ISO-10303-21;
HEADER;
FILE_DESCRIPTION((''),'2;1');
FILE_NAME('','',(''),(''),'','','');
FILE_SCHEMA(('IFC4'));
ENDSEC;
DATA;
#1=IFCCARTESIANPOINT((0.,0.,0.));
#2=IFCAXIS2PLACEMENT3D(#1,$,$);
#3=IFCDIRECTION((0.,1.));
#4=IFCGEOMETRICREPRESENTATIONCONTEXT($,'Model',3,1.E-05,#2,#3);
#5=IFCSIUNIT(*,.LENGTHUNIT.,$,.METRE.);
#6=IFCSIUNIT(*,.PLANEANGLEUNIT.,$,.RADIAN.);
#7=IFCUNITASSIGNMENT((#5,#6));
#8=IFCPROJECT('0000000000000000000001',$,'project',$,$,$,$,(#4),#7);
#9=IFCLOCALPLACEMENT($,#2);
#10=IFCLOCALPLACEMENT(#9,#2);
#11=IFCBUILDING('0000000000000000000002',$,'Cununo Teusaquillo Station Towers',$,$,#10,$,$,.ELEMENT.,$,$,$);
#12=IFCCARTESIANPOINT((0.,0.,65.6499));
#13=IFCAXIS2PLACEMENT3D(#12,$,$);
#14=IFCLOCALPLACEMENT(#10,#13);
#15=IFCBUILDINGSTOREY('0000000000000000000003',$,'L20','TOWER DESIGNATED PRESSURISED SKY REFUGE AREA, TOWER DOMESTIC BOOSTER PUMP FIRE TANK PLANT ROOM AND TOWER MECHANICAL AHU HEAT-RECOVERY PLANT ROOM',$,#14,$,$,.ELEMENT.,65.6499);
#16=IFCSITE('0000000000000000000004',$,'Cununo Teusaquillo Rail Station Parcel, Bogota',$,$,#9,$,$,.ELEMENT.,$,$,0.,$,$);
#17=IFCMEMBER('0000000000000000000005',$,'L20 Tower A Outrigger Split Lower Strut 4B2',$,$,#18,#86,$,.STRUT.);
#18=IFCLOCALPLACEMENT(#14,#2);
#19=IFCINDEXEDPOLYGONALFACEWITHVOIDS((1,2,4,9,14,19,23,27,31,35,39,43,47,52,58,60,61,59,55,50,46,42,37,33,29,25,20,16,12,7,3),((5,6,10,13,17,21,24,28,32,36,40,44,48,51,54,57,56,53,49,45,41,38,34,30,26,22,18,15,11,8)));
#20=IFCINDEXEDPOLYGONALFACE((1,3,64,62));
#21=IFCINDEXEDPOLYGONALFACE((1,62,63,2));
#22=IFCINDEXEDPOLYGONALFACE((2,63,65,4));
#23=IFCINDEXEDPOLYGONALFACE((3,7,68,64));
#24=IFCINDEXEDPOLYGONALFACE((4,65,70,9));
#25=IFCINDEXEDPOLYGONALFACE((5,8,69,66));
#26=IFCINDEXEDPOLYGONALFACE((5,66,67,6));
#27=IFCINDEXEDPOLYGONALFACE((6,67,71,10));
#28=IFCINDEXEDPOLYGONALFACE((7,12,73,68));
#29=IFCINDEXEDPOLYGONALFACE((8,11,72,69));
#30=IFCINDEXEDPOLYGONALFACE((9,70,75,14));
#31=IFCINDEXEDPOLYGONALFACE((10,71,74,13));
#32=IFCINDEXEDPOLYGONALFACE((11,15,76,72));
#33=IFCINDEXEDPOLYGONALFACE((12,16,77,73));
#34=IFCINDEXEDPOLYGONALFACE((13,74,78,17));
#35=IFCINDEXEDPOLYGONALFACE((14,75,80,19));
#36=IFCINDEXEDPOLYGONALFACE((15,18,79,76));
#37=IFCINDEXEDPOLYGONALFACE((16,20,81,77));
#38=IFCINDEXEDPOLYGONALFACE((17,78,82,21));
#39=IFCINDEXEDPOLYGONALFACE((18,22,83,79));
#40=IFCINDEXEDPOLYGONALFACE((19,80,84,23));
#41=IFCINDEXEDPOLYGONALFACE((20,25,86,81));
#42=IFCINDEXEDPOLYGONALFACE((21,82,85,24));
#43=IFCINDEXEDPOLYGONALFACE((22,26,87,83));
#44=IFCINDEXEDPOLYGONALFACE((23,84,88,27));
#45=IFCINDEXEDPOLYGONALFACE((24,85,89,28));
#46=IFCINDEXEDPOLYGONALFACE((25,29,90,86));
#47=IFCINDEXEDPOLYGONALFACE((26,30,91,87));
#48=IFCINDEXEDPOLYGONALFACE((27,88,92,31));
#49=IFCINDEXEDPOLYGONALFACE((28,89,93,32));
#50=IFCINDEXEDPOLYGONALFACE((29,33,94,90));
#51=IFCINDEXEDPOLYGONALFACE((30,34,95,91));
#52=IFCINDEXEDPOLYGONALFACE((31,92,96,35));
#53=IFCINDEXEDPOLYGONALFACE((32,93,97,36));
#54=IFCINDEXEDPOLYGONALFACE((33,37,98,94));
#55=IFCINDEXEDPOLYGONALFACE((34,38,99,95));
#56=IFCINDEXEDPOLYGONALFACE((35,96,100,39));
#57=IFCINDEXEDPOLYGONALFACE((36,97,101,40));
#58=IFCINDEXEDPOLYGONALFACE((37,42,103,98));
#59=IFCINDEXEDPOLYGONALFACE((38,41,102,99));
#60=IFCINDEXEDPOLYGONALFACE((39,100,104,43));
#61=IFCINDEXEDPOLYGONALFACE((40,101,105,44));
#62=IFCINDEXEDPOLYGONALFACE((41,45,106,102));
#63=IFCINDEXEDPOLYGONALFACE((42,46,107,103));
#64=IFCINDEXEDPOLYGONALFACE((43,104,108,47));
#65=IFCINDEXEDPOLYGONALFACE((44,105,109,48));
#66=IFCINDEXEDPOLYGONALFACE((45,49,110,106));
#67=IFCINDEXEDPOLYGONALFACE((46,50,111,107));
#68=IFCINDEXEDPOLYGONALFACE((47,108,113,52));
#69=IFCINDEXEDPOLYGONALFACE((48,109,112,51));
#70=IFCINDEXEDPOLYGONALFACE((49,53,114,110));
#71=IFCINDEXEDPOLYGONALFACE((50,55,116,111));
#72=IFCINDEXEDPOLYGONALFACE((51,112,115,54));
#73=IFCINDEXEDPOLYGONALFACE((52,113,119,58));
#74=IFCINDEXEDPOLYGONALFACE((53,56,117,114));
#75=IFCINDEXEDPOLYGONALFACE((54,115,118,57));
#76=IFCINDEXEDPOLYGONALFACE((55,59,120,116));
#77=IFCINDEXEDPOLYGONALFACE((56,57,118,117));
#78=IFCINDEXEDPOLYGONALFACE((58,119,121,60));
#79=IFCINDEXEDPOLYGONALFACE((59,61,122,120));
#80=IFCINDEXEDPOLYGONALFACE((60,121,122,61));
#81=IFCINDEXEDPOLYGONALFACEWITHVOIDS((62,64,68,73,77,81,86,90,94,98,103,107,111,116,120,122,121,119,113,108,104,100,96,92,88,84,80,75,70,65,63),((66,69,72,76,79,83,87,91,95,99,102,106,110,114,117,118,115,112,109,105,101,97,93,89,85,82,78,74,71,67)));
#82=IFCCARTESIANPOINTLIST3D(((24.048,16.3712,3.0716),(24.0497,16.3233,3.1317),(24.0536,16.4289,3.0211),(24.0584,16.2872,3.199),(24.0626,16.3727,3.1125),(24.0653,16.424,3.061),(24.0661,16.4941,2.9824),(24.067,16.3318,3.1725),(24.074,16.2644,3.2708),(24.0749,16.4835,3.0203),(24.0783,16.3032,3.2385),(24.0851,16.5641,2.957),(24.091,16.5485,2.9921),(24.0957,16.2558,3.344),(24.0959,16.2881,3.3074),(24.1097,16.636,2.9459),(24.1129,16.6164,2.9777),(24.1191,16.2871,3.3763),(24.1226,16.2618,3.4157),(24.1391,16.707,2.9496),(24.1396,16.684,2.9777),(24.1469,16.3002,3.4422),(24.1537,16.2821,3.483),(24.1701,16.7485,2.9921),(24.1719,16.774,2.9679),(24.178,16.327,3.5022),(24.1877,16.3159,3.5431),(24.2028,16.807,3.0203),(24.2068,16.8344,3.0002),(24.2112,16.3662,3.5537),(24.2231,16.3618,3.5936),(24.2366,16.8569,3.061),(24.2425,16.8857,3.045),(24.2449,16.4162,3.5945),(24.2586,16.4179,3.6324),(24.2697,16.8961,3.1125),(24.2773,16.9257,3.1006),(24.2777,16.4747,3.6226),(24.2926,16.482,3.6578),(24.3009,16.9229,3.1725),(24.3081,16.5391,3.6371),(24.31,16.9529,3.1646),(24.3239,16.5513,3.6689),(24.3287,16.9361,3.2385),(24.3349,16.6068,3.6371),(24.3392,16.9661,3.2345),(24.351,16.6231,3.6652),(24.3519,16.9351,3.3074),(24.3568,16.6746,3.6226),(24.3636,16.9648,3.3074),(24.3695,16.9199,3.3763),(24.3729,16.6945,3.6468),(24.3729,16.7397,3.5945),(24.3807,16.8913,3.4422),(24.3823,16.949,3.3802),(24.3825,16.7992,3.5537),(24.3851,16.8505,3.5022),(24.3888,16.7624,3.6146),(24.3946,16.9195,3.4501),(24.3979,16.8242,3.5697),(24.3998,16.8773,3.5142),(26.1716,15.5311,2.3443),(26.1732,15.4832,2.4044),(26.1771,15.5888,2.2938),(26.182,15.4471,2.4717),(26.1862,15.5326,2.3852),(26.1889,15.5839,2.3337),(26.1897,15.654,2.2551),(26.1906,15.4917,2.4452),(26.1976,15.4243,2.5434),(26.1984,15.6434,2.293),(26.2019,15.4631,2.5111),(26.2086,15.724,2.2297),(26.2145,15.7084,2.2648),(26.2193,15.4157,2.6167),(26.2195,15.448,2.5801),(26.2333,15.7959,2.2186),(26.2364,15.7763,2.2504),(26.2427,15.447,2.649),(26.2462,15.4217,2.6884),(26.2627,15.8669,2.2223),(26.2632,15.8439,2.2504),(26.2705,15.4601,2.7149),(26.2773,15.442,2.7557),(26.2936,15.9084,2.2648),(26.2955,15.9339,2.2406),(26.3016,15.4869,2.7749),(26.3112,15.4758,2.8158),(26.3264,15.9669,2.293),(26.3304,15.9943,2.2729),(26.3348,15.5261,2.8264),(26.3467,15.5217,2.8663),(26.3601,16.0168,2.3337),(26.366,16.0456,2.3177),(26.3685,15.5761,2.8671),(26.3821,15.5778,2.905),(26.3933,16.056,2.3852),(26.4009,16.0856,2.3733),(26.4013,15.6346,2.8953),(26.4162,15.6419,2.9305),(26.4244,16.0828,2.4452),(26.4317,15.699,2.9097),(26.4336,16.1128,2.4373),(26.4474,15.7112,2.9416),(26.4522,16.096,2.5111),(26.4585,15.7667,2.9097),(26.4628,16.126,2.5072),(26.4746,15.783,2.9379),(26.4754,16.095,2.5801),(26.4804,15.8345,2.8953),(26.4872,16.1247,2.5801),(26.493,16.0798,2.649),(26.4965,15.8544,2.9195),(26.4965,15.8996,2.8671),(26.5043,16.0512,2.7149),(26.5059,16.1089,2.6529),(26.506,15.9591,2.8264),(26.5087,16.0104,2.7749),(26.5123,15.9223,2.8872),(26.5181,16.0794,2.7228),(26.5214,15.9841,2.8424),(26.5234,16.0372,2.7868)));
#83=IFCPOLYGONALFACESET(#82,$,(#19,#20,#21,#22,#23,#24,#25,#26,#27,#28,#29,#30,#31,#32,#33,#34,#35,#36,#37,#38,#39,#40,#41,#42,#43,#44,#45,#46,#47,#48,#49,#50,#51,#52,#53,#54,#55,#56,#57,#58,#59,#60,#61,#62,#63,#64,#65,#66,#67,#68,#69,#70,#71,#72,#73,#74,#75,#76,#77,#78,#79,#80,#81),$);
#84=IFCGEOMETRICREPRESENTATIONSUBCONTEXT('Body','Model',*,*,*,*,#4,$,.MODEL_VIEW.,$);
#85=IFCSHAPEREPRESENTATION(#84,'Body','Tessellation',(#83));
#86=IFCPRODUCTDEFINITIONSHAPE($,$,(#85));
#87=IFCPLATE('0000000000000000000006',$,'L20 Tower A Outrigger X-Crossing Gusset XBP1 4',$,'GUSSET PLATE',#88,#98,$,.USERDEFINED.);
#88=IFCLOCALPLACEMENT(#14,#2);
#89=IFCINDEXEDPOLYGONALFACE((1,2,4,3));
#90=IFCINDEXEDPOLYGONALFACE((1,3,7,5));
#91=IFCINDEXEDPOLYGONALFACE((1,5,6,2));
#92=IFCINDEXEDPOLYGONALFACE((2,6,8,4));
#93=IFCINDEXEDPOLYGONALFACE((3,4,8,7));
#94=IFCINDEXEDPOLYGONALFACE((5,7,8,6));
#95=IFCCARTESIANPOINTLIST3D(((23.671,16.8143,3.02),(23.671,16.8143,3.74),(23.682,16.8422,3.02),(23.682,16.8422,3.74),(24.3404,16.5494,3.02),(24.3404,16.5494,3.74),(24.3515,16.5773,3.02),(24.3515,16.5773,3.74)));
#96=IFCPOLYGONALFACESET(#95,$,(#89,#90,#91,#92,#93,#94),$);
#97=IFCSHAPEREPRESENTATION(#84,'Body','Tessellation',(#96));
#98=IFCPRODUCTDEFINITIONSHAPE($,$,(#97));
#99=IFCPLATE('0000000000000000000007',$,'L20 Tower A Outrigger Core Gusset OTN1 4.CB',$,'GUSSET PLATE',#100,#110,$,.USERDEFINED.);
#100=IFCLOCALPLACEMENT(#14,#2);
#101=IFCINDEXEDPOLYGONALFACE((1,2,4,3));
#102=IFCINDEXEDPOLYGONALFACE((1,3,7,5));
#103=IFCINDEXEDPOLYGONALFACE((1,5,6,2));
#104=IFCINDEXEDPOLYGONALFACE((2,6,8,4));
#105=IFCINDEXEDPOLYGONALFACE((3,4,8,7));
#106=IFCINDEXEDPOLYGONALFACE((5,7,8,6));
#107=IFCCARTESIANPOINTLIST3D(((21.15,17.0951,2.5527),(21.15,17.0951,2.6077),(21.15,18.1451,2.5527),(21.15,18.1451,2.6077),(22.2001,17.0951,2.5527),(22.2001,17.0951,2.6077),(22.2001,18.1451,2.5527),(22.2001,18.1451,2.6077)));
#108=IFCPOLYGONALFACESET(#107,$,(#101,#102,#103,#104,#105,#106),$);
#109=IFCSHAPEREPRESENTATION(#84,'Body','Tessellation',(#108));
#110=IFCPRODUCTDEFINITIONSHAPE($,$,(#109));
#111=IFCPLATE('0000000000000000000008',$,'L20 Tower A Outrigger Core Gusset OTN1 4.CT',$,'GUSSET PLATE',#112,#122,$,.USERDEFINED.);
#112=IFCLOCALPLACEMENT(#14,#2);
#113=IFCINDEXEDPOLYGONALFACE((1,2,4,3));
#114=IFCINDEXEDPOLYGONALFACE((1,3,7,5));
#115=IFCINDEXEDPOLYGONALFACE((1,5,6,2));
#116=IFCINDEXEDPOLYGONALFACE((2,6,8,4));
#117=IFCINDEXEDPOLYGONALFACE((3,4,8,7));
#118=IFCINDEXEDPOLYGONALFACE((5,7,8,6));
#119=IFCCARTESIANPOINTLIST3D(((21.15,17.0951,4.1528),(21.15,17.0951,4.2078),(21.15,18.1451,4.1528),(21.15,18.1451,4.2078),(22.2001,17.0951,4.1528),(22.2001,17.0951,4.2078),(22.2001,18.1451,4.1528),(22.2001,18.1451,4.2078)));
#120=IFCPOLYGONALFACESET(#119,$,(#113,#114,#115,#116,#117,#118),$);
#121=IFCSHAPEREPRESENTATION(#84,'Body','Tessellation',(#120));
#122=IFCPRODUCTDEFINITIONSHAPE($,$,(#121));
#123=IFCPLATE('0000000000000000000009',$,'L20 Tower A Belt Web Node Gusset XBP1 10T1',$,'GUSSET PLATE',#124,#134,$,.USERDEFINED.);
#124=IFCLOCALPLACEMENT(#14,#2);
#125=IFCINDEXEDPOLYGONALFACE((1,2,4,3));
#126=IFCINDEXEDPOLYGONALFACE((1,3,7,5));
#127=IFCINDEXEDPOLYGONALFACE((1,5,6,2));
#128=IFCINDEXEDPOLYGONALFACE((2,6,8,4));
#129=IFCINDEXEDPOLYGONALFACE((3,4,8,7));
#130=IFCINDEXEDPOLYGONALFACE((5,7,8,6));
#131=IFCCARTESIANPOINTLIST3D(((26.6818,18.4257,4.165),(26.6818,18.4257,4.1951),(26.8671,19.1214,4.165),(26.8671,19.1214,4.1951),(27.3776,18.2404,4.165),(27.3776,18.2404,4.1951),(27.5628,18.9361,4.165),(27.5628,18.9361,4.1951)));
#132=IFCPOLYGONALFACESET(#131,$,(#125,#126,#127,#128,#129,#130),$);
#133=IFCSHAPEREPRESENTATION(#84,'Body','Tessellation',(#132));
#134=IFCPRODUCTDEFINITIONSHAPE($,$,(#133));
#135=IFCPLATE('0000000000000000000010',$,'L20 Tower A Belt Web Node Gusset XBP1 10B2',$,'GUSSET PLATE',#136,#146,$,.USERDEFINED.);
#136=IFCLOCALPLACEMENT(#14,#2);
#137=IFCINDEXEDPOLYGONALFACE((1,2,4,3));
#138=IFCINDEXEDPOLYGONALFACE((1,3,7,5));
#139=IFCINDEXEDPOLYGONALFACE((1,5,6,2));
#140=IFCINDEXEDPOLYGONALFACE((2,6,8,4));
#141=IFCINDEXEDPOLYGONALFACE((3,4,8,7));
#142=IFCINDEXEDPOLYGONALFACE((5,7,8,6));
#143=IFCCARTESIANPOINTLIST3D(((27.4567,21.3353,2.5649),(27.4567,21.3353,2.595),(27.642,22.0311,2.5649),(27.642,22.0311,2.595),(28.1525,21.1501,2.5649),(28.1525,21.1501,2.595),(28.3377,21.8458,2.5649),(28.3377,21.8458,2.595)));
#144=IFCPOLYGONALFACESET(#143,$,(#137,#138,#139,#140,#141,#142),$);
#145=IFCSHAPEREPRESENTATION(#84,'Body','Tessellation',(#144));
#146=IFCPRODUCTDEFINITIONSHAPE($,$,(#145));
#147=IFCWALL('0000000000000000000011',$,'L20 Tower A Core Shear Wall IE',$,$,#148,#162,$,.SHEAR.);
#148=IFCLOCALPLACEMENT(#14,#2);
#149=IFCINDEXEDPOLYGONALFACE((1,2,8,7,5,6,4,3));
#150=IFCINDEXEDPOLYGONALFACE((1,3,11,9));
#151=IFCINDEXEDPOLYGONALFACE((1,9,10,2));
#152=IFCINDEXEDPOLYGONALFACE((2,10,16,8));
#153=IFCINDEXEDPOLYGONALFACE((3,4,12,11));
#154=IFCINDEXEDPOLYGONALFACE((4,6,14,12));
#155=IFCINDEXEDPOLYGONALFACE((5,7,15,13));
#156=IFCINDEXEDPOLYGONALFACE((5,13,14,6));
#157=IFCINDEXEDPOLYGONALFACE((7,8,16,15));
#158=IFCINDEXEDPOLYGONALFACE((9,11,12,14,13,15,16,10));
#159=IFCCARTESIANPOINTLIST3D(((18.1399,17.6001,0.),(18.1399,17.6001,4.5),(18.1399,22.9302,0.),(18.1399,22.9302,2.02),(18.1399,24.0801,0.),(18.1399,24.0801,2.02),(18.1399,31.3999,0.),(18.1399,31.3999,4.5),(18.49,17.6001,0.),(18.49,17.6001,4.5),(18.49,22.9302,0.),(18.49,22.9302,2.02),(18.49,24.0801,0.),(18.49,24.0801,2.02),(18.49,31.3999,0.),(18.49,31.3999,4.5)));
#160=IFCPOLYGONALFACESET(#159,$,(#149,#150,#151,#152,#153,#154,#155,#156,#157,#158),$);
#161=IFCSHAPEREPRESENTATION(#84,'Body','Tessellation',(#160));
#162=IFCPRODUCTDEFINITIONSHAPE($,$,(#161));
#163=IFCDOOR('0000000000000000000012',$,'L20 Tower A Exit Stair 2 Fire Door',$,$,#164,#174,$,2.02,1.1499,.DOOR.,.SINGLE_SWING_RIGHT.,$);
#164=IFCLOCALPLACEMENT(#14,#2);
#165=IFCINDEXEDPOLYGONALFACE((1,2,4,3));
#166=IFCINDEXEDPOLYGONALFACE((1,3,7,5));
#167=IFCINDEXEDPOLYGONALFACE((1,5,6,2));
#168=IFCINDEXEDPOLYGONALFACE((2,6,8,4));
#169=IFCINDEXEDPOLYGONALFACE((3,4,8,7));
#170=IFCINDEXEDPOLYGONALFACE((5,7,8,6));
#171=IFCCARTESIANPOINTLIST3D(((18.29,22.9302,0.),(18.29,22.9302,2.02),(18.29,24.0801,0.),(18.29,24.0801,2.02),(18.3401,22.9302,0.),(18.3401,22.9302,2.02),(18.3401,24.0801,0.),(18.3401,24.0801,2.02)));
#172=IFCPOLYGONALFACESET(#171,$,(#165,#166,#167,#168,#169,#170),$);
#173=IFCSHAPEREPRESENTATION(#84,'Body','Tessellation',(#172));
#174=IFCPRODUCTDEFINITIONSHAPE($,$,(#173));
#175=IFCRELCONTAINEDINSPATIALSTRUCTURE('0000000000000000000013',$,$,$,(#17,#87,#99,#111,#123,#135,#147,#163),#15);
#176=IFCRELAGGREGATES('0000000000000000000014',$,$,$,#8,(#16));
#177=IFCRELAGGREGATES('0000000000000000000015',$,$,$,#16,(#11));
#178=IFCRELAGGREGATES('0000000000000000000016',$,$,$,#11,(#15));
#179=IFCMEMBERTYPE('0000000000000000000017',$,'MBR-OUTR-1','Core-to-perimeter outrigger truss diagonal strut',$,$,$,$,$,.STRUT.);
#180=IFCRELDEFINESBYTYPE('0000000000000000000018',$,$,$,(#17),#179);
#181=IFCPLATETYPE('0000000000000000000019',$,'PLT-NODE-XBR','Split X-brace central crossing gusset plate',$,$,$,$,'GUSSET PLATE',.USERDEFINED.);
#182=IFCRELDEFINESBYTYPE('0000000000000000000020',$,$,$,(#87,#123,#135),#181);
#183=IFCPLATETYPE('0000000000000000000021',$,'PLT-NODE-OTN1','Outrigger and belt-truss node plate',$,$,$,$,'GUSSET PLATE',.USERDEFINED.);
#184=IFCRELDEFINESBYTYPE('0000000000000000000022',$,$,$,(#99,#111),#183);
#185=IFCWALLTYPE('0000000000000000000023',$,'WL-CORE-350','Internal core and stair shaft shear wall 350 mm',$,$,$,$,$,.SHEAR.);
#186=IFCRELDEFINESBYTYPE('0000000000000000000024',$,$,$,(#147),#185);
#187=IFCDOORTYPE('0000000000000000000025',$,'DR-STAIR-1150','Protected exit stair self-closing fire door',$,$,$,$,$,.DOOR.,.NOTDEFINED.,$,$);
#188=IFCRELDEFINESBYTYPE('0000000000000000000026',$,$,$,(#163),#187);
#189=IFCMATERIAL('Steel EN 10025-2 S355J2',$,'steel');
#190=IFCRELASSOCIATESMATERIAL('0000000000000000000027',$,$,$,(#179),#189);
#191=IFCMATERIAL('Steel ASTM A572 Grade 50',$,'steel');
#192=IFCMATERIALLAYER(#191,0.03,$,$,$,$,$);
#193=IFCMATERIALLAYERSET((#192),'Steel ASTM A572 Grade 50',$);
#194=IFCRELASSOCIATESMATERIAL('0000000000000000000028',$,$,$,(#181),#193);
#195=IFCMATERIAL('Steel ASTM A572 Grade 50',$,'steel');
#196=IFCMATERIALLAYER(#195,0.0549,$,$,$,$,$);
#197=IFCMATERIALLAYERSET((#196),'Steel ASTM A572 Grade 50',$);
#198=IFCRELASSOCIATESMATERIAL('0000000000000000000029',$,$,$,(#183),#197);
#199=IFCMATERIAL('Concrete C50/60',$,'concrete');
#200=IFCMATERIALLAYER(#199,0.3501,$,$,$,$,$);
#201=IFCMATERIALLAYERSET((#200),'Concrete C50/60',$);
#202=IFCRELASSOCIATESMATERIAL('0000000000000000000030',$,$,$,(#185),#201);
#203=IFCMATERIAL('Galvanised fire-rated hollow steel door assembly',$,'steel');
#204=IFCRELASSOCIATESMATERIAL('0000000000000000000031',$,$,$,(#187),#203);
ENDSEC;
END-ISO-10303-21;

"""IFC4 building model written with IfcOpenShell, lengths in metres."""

from ifc_helpers import new_model, si_unit, direction, frame, frame_2d, origin, origin_2d, place, context, subcontext, project, spatial, rectangle, hollow_circle, extrude, source, transform, mapped, material, layer, layer_set, material_profile, profile_set, type_object, element, fill, save


model = new_model("IFC4")

# Units and contexts
model_context = context("Model", 3, precision=1e-05, world=origin(), true_north=direction((0.0, 1.0)))
body_context = subcontext(model_context, "Body", "Model", "MODEL_VIEW")
ifc_project = project(units=[si_unit("LENGTHUNIT", "METRE"), si_unit("PLANEANGLEUNIT", "RADIAN")], contexts=[model_context])

# Site, building, storey
site_placement = place(None, origin())
site = spatial("IfcSite", under=ifc_project, at=site_placement, Name="Cununo Teusaquillo Rail Station Parcel, Bogota", CompositionType="ELEMENT", RefElevation=0.0)
building_placement = place(site_placement, origin())
building = spatial("IfcBuilding", under=site, at=building_placement, Name="Cununo Teusaquillo Station Towers", CompositionType="ELEMENT")
storey_placement = place(building_placement, frame((0.0, 0.0, 65.6499)))
storey = spatial("IfcBuildingStorey", under=building, at=storey_placement, Name="L20", Description="TOWER DESIGNATED PRESSURISED SKY REFUGE AREA, TOWER DOMESTIC BOOSTER PUMP FIRE TANK PLANT ROOM AND TOWER MECHANICAL AHU HEAT-RECOVERY PLANT ROOM", CompositionType="ELEMENT", Elevation=65.6499)

# Member
ifc_material_1 = material(Name="Steel EN 10025-2 S355J2", Category="steel")
ifc_material_profile_1 = material_profile(ifc_material_1, hollow_circle(Radius=0.3799, WallThickness=0.032, at=origin_2d()), Name="CHS 760x32")
ifc_profile_set_1 = profile_set([ifc_material_profile_1], Name="Steel EN 10025-2 S355J2")
member_type_1 = type_object("IfcMemberType", Name="MBR-OUTR-1", Description="Core-to-perimeter outrigger truss diagonal strut", PredefinedType="STRUT", material=ifc_profile_set_1)
for number, where, z_axis, x_axis, name in (
    (1, (24.2239, 16.6116, 3.3074), (0.88603, -0.350521, -0.303458), (0.367867, 0.929878, 0.0), "L20 Tower A Outrigger Split Lower Strut 4B2"),
):
    element("IfcMember", number, at=place(storey_placement, frame(where, z_axis=z_axis, x_axis=x_axis)), inside=storey, type_object=member_type_1, Name=name, PredefinedType="STRUT", context=body_context, shape_type="SweptSolid", body=[
        extrude(hollow_circle(Radius=0.3799, WallThickness=0.032, at=origin_2d()), origin(), (0.0, 0.0, 1.0), 2.3967),
    ])

# Plates
ifc_material_2 = material(Name="Steel ASTM A572 Grade 50", Category="steel")
ifc_layer_1 = layer(ifc_material_2, 0.03)
ifc_layer_set_1 = layer_set([ifc_layer_1], Name="Steel ASTM A572 Grade 50")
plate_type_1 = type_object("IfcPlateType", Name="PLT-NODE-XBR", Description="Split X-brace central crossing gusset plate", ElementType="GUSSET PLATE", PredefinedType="USERDEFINED", material=ifc_layer_set_1)
shared_shape_1 = source(origin(), body_context, "Body", "SweptSolid", [
    extrude(rectangle(XDim=0.72, YDim=0.03, at=origin_2d()), origin(), (0.0, 0.0, 1.0), 0.72),
])
plate_placement = place(storey_placement, frame((24.0112, 16.6958, 3.02), z_axis=(0.0, 0.0, 1.0), x_axis=(0.929841, -0.367962, 0.0)))
element("IfcPlate", 2, at=plate_placement, inside=storey, type_object=plate_type_1, Name="L20 Tower A Outrigger X-Crossing Gusset XBP1 4", ObjectType="GUSSET PLATE", PredefinedType="USERDEFINED", context=body_context, shape_type="MappedRepresentation", body=[
    mapped(shared_shape_1, transform((0.0, 0.0, 0.0), x_axis=(1.0, 0.0, 0.0), y_axis=(0.0, 1.0, 0.0), z_axis=(0.0, 0.0, 1.0), scale=1.0)),
])
ifc_material_3 = material(Name="Steel ASTM A572 Grade 50", Category="steel")
ifc_layer_2 = layer(ifc_material_3, 0.0549)
ifc_layer_set_2 = layer_set([ifc_layer_2], Name="Steel ASTM A572 Grade 50")
plate_type_2 = type_object("IfcPlateType", Name="PLT-NODE-OTN1", Description="Outrigger and belt-truss node plate", ElementType="GUSSET PLATE", PredefinedType="USERDEFINED", material=ifc_layer_set_2)
shared_shape_2 = source(origin(), body_context, "Body", "SweptSolid", [
    extrude(rectangle(XDim=1.05, YDim=1.05, at=origin_2d()), origin(), (0.0, 0.0, 1.0), 0.0549),
])
for number, where, z_axis, x_axis, name in (
    (3, (21.675, 17.6201, 2.5527), (0.0, 0.0, 1.0), (1.0, 0.0, 0.0), "L20 Tower A Outrigger Core Gusset OTN1 4.CB"),
    (4, (21.675, 17.6201, 4.1528), (0.0, 0.0, 1.0), (1.0, 0.0, 0.0), "L20 Tower A Outrigger Core Gusset OTN1 4.CT"),
):
    element("IfcPlate", number, at=place(storey_placement, frame(where, z_axis=z_axis, x_axis=x_axis)), inside=storey, type_object=plate_type_2, Name=name, ObjectType="GUSSET PLATE", PredefinedType="USERDEFINED", context=body_context, shape_type="MappedRepresentation", body=[
        mapped(shared_shape_2, transform((0.0, 0.0, 0.0), x_axis=(1.0, 0.0, 0.0), y_axis=(0.0, 1.0, 0.0), z_axis=(0.0, 0.0, 1.0), scale=1.0)),
    ])
shared_shape_3 = source(origin(), body_context, "Body", "SweptSolid", [
    extrude(rectangle(XDim=0.72, YDim=0.72, at=origin_2d()), origin(), (0.0, 0.0, 1.0), 0.03),
])
for number, where, z_axis, x_axis, name in (
    (5, (27.1223, 18.6809, 4.165), (0.0, 0.0, 1.0), (0.257301, 0.966331, 0.0), "L20 Tower A Belt Web Node Gusset XBP1 10T1"),
    (6, (27.8972, 21.5906, 2.5649), (0.0, 0.0, 1.0), (0.257301, 0.966331, 0.0), "L20 Tower A Belt Web Node Gusset XBP1 10B2"),
):
    element("IfcPlate", number, at=place(storey_placement, frame(where, z_axis=z_axis, x_axis=x_axis)), inside=storey, type_object=plate_type_1, Name=name, ObjectType="GUSSET PLATE", PredefinedType="USERDEFINED", context=body_context, shape_type="MappedRepresentation", body=[
        mapped(shared_shape_3, transform((0.0, 0.0, 0.0), x_axis=(1.0, 0.0, 0.0), y_axis=(0.0, 1.0, 0.0), z_axis=(0.0, 0.0, 1.0), scale=1.0)),
    ])

# Wall, opening, door
ifc_material_4 = material(Name="Concrete C50/60", Category="concrete")
ifc_layer_3 = layer(ifc_material_4, 0.3501)
ifc_layer_set_3 = layer_set([ifc_layer_3], Name="Concrete C50/60")
wall_type_1 = type_object("IfcWallType", Name="WL-CORE-350", Description="Internal core and stair shaft shear wall 350 mm", PredefinedType="SHEAR", material=ifc_layer_set_3)
wall_1_placement = place(storey_placement, frame((18.3149, 17.6001, 0.0), z_axis=(0.0, 0.0, 1.0), x_axis=(0.0, 1.0, 0.0)))
wall_1 = element("IfcWall", 7, at=wall_1_placement, inside=storey, type_object=wall_type_1, Name="L20 Tower A Core Shear Wall IE", PredefinedType="SHEAR", context=body_context, shape_type="SweptSolid", body=[
    extrude(rectangle(XDim=13.7998, YDim=0.3501, at=frame_2d((6.8999, 0.0))), origin(), (0.0, 0.0, 1.0), 4.5),
])
shared_shape_4 = source(origin(), body_context, "Body", "SweptSolid", [
    extrude(rectangle(XDim=1.1499, YDim=2.02, at=frame_2d((0.575, 1.01))), frame((0.0, 0.1851, 0.0), z_axis=(0.0, -1.0, 0.0), x_axis=(1.0, 0.0, 0.0)), (0.0, 0.0, 1.0), 0.3701),
])
opening_placement = place(wall_1_placement, frame((5.3301, 0.0, 0.0)))
opening = element("IfcOpeningElement", 8, at=opening_placement, cuts=wall_1, PredefinedType="OPENING", context=body_context, shape_type="MappedRepresentation", body=[
    mapped(shared_shape_4, transform((0.0, 0.0, 0.0), x_axis=(1.0, 0.0, 0.0), y_axis=(0.0, 1.0, 0.0), z_axis=(0.0, 0.0, 1.0), scale=1.0)),
])
ifc_material_5 = material(Name="Galvanised fire-rated hollow steel door assembly", Category="steel")
door_type = type_object("IfcDoorType", Name="DR-STAIR-1150", Description="Protected exit stair self-closing fire door", OperationType="NOTDEFINED", PredefinedType="DOOR", material=ifc_material_5)
shared_shape_5 = source(origin(), body_context, "Body", "SweptSolid", [
    extrude(rectangle(XDim=1.1499, YDim=2.02, at=frame_2d((0.575, 1.01))), frame((0.0, 0.0249, 0.0), z_axis=(0.0, -1.0, 0.0), x_axis=(1.0, 0.0, 0.0)), (0.0, 0.0, 1.0), 0.05),
])
door_placement = place(opening_placement, origin())
door = element("IfcDoor", 9, at=door_placement, inside=storey, type_object=door_type, Name="L20 Tower A Exit Stair 2 Fire Door", OperationType="SINGLE_SWING_RIGHT", OverallHeight=2.02, OverallWidth=1.1499, PredefinedType="DOOR", context=body_context, shape_type="MappedRepresentation", body=[
    mapped(shared_shape_5, transform((0.0, 0.0, 0.0), x_axis=(1.0, 0.0, 0.0), y_axis=(0.0, 1.0, 0.0), z_axis=(0.0, 0.0, 1.0), scale=1.0)),
])
fill(opening, door)

save(model, "model.ifc")
